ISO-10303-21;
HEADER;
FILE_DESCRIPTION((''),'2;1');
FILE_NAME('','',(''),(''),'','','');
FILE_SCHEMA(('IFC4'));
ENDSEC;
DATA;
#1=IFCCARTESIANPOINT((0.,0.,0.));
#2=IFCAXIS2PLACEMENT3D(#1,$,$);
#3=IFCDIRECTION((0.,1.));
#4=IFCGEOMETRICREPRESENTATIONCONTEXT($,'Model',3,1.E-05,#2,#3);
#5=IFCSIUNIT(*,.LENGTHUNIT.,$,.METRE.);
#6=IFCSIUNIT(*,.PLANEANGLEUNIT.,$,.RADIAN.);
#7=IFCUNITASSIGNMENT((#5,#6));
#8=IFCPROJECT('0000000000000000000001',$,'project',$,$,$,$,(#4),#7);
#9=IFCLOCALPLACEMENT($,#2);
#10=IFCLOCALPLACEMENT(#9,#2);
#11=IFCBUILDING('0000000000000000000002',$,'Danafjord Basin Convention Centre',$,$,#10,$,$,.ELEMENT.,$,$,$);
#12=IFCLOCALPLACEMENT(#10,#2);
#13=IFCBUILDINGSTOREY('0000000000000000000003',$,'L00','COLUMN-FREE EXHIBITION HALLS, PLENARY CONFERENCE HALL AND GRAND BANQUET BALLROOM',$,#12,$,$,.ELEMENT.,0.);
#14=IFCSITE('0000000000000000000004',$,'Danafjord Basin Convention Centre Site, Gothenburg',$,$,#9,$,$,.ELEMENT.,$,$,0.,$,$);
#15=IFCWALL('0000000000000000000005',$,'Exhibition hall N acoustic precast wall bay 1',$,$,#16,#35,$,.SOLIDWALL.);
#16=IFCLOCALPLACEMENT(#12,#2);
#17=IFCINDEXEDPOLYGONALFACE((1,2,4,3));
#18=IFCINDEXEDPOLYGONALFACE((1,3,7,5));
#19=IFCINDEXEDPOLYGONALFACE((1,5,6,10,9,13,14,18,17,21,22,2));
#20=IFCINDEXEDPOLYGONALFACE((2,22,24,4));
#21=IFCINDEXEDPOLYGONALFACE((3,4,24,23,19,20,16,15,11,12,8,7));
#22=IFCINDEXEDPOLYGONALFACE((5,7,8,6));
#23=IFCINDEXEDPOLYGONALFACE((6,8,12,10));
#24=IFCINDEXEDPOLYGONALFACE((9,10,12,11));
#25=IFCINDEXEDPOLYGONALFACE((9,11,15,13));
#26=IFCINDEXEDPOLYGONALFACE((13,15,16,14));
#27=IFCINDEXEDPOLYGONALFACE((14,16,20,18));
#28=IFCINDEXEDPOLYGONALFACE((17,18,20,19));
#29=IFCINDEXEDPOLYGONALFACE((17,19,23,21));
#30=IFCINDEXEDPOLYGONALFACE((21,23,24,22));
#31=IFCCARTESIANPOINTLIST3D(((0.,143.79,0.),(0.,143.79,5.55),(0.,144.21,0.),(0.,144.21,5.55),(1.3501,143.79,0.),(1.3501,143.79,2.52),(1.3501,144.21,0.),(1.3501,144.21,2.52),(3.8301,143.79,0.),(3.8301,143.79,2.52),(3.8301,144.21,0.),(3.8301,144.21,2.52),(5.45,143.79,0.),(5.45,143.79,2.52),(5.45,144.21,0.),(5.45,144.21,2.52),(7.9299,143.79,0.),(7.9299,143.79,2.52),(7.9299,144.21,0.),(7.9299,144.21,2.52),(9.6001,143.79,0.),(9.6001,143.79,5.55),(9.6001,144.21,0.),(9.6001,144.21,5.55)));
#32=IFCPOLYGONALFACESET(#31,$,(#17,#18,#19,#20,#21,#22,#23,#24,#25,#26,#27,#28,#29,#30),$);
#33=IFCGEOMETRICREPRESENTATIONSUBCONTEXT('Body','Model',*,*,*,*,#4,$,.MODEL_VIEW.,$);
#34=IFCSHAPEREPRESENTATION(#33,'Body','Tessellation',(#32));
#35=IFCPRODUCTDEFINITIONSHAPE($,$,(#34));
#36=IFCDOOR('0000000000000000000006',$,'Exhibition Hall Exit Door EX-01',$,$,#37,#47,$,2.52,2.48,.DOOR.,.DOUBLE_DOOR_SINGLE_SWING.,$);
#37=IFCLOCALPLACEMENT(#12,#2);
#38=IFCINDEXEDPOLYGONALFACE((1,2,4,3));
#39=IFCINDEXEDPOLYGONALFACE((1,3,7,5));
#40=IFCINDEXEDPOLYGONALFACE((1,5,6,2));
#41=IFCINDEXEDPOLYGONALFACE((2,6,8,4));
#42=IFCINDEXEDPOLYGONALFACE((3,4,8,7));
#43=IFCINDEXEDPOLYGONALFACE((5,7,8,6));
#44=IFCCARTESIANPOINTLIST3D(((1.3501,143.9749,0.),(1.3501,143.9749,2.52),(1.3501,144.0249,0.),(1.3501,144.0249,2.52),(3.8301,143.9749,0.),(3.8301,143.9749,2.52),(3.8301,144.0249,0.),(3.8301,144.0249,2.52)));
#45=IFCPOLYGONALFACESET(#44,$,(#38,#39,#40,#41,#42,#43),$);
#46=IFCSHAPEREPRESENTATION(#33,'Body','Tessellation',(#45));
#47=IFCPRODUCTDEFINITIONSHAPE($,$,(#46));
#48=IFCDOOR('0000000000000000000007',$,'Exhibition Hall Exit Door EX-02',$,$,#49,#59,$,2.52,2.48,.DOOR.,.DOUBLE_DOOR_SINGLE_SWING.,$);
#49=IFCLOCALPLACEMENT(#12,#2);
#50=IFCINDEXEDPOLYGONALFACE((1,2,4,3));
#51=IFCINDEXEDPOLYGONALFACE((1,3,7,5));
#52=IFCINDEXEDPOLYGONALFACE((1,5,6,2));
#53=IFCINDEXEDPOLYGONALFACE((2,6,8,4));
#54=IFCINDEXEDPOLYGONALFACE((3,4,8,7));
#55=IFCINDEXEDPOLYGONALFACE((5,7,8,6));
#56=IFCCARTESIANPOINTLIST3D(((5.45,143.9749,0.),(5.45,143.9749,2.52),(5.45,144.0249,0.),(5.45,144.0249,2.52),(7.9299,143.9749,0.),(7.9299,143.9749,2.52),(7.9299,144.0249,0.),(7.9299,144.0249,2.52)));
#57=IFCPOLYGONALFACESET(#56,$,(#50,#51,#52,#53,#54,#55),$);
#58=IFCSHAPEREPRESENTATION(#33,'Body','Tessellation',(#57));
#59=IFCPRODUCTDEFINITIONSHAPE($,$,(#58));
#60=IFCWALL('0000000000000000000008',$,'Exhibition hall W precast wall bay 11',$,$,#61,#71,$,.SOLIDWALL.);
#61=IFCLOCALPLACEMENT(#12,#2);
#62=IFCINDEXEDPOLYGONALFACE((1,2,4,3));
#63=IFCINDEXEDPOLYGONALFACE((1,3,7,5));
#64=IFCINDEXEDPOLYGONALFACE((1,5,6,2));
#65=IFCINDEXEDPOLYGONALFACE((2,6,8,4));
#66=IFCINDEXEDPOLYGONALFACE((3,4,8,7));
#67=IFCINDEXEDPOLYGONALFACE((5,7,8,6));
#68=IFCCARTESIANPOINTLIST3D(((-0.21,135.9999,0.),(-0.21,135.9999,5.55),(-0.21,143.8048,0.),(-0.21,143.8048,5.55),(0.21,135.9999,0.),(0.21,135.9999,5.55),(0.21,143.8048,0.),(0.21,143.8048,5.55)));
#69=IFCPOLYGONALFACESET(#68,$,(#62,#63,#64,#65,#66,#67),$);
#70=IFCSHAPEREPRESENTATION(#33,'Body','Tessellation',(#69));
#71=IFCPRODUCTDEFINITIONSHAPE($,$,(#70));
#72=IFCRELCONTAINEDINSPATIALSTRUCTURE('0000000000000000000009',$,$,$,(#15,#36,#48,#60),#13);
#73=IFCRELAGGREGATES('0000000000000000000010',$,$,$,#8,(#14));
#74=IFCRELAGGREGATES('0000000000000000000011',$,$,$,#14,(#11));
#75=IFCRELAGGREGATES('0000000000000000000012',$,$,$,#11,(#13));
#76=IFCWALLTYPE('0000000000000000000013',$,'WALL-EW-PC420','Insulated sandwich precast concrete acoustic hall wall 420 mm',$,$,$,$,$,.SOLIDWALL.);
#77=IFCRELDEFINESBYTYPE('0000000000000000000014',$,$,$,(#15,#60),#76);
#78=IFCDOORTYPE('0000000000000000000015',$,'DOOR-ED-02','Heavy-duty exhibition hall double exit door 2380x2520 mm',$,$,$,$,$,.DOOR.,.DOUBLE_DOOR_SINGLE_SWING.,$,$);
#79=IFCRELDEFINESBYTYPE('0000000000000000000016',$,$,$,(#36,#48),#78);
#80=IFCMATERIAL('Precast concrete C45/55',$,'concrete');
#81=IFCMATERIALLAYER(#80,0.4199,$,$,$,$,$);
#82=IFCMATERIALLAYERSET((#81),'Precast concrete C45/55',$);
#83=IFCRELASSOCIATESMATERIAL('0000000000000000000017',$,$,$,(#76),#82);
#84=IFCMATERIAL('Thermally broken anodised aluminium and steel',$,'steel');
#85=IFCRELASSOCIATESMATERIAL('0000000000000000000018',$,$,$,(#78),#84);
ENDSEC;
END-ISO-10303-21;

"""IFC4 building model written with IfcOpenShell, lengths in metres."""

from ifc_helpers import new_model, si_unit, direction, frame, frame_2d, origin, place, context, subcontext, project, spatial, rectangle, extrude, material, layer, layer_set, type_object, element, fill, save


model = new_model("IFC4")

# Units and contexts
model_context = context("Model", 3, precision=1e-05, world=origin(), true_north=direction((0.0, 1.0)))
body_context = subcontext(model_context, "Body", "Model", "MODEL_VIEW")
ifc_project = project(units=[si_unit("LENGTHUNIT", "METRE"), si_unit("PLANEANGLEUNIT", "RADIAN")], contexts=[model_context])

# Site, building, storey
site_placement = place(None, origin())
site = spatial("IfcSite", under=ifc_project, at=site_placement, Name="Danafjord Basin Convention Centre Site, Gothenburg", CompositionType="ELEMENT", RefElevation=0.0)
building_placement = place(site_placement, origin())
building = spatial("IfcBuilding", under=site, at=building_placement, Name="Danafjord Basin Convention Centre", CompositionType="ELEMENT")
storey_placement = place(building_placement, origin())
storey = spatial("IfcBuildingStorey", under=building, at=storey_placement, Name="L00", Description="COLUMN-FREE EXHIBITION HALLS, PLENARY CONFERENCE HALL AND GRAND BANQUET BALLROOM", CompositionType="ELEMENT", Elevation=0.0)

# Shared definitions
ifc_material_1 = material(Name="Precast concrete C45/55", Category="concrete")

# Wall, openings, doors
ifc_layer = layer(ifc_material_1, 0.4199)
ifc_layer_set = layer_set([ifc_layer], Name="Precast concrete C45/55")
wall_type = type_object("IfcWallType", Name="WALL-EW-PC420", Description="Insulated sandwich precast concrete acoustic hall wall 420 mm", PredefinedType="SOLIDWALL", material=ifc_layer_set)
wall_1_placement = place(storey_placement, frame((0.0, 144.0, 0.0), z_axis=(0.0, 0.0, 1.0), x_axis=(1.0, 0.0, 0.0)))
wall_1 = element("IfcWall", 1, at=wall_1_placement, inside=storey, type_object=wall_type, Name="Exhibition hall N acoustic precast wall bay 1", PredefinedType="SOLIDWALL", context=body_context, shape_type="SweptSolid", body=[
    extrude(rectangle(XDim=9.6001, YDim=0.4199, at=frame_2d((4.8, 0.0))), origin(), (0.0, 0.0, 1.0), 5.55),
])
opening_1_placement = place(wall_1_placement, frame((1.3501, 0.0, 0.0)))
opening_1 = element("IfcOpeningElement", 2, at=opening_1_placement, cuts=wall_1, PredefinedType="OPENING", context=body_context, shape_type="SweptSolid", body=[
    extrude(rectangle(XDim=2.48, YDim=2.52, at=frame_2d((1.24, 1.26))), frame((0.0, 0.22, 0.0), z_axis=(0.0, -1.0, 0.0), x_axis=(1.0, 0.0, 0.0)), (0.0, 0.0, 1.0), 0.4399),
])
opening_2_placement = place(wall_1_placement, frame((5.45, 0.0, 0.0)))
opening_2 = element("IfcOpeningElement", 3, at=opening_2_placement, cuts=wall_1, PredefinedType="OPENING", context=body_context, shape_type="SweptSolid", body=[
    extrude(rectangle(XDim=2.48, YDim=2.52, at=frame_2d((1.24, 1.26))), frame((0.0, 0.22, 0.0), z_axis=(0.0, -1.0, 0.0), x_axis=(1.0, 0.0, 0.0)), (0.0, 0.0, 1.0), 0.4399),
])
ifc_material_2 = material(Name="Thermally broken anodised aluminium and steel", Category="steel")
door_type = type_object("IfcDoorType", Name="DOOR-ED-02", Description="Heavy-duty exhibition hall double exit door 2380x2520 mm", OperationType="DOUBLE_DOOR_SINGLE_SWING", PredefinedType="DOOR", material=ifc_material_2)
door_1_placement = place(opening_1_placement, origin())
door_1 = element("IfcDoor", 4, at=door_1_placement, inside=storey, type_object=door_type, Name="Exhibition Hall Exit Door EX-01", OperationType="DOUBLE_DOOR_SINGLE_SWING", OverallHeight=2.52, OverallWidth=2.48, PredefinedType="DOOR", context=body_context, shape_type="SweptSolid", body=[
    extrude(rectangle(XDim=2.48, YDim=2.52, at=frame_2d((1.24, 1.26))), frame((0.0, 0.0249, 0.0), z_axis=(0.0, -1.0, 0.0), x_axis=(1.0, 0.0, 0.0)), (0.0, 0.0, 1.0), 0.05),
])
fill(opening_1, door_1)
door_2_placement = place(opening_2_placement, origin())
door_2 = element("IfcDoor", 5, at=door_2_placement, inside=storey, type_object=door_type, Name="Exhibition Hall Exit Door EX-02", OperationType="DOUBLE_DOOR_SINGLE_SWING", OverallHeight=2.52, OverallWidth=2.48, PredefinedType="DOOR", context=body_context, shape_type="SweptSolid", body=[
    extrude(rectangle(XDim=2.48, YDim=2.52, at=frame_2d((1.24, 1.26))), frame((0.0, 0.0249, 0.0), z_axis=(0.0, -1.0, 0.0), x_axis=(1.0, 0.0, 0.0)), (0.0, 0.0, 1.0), 0.05),
])
fill(opening_2, door_2)

# Wall
wall_2_placement = place(storey_placement, frame((0.0, 136.0, 0.0), z_axis=(0.0, 0.0, 1.0), x_axis=(0.0, 1.0, 0.0)))
element("IfcWall", 6, at=wall_2_placement, inside=storey, type_object=wall_type, Name="Exhibition hall W precast wall bay 11", PredefinedType="SOLIDWALL", context=body_context, shape_type="SweptSolid", body=[
    extrude(rectangle(XDim=7.8049, YDim=0.4199, at=frame_2d((3.9023, 0.0))), origin(), (0.0, 0.0, 1.0), 5.55),
])

save(model, "model.ifc")
